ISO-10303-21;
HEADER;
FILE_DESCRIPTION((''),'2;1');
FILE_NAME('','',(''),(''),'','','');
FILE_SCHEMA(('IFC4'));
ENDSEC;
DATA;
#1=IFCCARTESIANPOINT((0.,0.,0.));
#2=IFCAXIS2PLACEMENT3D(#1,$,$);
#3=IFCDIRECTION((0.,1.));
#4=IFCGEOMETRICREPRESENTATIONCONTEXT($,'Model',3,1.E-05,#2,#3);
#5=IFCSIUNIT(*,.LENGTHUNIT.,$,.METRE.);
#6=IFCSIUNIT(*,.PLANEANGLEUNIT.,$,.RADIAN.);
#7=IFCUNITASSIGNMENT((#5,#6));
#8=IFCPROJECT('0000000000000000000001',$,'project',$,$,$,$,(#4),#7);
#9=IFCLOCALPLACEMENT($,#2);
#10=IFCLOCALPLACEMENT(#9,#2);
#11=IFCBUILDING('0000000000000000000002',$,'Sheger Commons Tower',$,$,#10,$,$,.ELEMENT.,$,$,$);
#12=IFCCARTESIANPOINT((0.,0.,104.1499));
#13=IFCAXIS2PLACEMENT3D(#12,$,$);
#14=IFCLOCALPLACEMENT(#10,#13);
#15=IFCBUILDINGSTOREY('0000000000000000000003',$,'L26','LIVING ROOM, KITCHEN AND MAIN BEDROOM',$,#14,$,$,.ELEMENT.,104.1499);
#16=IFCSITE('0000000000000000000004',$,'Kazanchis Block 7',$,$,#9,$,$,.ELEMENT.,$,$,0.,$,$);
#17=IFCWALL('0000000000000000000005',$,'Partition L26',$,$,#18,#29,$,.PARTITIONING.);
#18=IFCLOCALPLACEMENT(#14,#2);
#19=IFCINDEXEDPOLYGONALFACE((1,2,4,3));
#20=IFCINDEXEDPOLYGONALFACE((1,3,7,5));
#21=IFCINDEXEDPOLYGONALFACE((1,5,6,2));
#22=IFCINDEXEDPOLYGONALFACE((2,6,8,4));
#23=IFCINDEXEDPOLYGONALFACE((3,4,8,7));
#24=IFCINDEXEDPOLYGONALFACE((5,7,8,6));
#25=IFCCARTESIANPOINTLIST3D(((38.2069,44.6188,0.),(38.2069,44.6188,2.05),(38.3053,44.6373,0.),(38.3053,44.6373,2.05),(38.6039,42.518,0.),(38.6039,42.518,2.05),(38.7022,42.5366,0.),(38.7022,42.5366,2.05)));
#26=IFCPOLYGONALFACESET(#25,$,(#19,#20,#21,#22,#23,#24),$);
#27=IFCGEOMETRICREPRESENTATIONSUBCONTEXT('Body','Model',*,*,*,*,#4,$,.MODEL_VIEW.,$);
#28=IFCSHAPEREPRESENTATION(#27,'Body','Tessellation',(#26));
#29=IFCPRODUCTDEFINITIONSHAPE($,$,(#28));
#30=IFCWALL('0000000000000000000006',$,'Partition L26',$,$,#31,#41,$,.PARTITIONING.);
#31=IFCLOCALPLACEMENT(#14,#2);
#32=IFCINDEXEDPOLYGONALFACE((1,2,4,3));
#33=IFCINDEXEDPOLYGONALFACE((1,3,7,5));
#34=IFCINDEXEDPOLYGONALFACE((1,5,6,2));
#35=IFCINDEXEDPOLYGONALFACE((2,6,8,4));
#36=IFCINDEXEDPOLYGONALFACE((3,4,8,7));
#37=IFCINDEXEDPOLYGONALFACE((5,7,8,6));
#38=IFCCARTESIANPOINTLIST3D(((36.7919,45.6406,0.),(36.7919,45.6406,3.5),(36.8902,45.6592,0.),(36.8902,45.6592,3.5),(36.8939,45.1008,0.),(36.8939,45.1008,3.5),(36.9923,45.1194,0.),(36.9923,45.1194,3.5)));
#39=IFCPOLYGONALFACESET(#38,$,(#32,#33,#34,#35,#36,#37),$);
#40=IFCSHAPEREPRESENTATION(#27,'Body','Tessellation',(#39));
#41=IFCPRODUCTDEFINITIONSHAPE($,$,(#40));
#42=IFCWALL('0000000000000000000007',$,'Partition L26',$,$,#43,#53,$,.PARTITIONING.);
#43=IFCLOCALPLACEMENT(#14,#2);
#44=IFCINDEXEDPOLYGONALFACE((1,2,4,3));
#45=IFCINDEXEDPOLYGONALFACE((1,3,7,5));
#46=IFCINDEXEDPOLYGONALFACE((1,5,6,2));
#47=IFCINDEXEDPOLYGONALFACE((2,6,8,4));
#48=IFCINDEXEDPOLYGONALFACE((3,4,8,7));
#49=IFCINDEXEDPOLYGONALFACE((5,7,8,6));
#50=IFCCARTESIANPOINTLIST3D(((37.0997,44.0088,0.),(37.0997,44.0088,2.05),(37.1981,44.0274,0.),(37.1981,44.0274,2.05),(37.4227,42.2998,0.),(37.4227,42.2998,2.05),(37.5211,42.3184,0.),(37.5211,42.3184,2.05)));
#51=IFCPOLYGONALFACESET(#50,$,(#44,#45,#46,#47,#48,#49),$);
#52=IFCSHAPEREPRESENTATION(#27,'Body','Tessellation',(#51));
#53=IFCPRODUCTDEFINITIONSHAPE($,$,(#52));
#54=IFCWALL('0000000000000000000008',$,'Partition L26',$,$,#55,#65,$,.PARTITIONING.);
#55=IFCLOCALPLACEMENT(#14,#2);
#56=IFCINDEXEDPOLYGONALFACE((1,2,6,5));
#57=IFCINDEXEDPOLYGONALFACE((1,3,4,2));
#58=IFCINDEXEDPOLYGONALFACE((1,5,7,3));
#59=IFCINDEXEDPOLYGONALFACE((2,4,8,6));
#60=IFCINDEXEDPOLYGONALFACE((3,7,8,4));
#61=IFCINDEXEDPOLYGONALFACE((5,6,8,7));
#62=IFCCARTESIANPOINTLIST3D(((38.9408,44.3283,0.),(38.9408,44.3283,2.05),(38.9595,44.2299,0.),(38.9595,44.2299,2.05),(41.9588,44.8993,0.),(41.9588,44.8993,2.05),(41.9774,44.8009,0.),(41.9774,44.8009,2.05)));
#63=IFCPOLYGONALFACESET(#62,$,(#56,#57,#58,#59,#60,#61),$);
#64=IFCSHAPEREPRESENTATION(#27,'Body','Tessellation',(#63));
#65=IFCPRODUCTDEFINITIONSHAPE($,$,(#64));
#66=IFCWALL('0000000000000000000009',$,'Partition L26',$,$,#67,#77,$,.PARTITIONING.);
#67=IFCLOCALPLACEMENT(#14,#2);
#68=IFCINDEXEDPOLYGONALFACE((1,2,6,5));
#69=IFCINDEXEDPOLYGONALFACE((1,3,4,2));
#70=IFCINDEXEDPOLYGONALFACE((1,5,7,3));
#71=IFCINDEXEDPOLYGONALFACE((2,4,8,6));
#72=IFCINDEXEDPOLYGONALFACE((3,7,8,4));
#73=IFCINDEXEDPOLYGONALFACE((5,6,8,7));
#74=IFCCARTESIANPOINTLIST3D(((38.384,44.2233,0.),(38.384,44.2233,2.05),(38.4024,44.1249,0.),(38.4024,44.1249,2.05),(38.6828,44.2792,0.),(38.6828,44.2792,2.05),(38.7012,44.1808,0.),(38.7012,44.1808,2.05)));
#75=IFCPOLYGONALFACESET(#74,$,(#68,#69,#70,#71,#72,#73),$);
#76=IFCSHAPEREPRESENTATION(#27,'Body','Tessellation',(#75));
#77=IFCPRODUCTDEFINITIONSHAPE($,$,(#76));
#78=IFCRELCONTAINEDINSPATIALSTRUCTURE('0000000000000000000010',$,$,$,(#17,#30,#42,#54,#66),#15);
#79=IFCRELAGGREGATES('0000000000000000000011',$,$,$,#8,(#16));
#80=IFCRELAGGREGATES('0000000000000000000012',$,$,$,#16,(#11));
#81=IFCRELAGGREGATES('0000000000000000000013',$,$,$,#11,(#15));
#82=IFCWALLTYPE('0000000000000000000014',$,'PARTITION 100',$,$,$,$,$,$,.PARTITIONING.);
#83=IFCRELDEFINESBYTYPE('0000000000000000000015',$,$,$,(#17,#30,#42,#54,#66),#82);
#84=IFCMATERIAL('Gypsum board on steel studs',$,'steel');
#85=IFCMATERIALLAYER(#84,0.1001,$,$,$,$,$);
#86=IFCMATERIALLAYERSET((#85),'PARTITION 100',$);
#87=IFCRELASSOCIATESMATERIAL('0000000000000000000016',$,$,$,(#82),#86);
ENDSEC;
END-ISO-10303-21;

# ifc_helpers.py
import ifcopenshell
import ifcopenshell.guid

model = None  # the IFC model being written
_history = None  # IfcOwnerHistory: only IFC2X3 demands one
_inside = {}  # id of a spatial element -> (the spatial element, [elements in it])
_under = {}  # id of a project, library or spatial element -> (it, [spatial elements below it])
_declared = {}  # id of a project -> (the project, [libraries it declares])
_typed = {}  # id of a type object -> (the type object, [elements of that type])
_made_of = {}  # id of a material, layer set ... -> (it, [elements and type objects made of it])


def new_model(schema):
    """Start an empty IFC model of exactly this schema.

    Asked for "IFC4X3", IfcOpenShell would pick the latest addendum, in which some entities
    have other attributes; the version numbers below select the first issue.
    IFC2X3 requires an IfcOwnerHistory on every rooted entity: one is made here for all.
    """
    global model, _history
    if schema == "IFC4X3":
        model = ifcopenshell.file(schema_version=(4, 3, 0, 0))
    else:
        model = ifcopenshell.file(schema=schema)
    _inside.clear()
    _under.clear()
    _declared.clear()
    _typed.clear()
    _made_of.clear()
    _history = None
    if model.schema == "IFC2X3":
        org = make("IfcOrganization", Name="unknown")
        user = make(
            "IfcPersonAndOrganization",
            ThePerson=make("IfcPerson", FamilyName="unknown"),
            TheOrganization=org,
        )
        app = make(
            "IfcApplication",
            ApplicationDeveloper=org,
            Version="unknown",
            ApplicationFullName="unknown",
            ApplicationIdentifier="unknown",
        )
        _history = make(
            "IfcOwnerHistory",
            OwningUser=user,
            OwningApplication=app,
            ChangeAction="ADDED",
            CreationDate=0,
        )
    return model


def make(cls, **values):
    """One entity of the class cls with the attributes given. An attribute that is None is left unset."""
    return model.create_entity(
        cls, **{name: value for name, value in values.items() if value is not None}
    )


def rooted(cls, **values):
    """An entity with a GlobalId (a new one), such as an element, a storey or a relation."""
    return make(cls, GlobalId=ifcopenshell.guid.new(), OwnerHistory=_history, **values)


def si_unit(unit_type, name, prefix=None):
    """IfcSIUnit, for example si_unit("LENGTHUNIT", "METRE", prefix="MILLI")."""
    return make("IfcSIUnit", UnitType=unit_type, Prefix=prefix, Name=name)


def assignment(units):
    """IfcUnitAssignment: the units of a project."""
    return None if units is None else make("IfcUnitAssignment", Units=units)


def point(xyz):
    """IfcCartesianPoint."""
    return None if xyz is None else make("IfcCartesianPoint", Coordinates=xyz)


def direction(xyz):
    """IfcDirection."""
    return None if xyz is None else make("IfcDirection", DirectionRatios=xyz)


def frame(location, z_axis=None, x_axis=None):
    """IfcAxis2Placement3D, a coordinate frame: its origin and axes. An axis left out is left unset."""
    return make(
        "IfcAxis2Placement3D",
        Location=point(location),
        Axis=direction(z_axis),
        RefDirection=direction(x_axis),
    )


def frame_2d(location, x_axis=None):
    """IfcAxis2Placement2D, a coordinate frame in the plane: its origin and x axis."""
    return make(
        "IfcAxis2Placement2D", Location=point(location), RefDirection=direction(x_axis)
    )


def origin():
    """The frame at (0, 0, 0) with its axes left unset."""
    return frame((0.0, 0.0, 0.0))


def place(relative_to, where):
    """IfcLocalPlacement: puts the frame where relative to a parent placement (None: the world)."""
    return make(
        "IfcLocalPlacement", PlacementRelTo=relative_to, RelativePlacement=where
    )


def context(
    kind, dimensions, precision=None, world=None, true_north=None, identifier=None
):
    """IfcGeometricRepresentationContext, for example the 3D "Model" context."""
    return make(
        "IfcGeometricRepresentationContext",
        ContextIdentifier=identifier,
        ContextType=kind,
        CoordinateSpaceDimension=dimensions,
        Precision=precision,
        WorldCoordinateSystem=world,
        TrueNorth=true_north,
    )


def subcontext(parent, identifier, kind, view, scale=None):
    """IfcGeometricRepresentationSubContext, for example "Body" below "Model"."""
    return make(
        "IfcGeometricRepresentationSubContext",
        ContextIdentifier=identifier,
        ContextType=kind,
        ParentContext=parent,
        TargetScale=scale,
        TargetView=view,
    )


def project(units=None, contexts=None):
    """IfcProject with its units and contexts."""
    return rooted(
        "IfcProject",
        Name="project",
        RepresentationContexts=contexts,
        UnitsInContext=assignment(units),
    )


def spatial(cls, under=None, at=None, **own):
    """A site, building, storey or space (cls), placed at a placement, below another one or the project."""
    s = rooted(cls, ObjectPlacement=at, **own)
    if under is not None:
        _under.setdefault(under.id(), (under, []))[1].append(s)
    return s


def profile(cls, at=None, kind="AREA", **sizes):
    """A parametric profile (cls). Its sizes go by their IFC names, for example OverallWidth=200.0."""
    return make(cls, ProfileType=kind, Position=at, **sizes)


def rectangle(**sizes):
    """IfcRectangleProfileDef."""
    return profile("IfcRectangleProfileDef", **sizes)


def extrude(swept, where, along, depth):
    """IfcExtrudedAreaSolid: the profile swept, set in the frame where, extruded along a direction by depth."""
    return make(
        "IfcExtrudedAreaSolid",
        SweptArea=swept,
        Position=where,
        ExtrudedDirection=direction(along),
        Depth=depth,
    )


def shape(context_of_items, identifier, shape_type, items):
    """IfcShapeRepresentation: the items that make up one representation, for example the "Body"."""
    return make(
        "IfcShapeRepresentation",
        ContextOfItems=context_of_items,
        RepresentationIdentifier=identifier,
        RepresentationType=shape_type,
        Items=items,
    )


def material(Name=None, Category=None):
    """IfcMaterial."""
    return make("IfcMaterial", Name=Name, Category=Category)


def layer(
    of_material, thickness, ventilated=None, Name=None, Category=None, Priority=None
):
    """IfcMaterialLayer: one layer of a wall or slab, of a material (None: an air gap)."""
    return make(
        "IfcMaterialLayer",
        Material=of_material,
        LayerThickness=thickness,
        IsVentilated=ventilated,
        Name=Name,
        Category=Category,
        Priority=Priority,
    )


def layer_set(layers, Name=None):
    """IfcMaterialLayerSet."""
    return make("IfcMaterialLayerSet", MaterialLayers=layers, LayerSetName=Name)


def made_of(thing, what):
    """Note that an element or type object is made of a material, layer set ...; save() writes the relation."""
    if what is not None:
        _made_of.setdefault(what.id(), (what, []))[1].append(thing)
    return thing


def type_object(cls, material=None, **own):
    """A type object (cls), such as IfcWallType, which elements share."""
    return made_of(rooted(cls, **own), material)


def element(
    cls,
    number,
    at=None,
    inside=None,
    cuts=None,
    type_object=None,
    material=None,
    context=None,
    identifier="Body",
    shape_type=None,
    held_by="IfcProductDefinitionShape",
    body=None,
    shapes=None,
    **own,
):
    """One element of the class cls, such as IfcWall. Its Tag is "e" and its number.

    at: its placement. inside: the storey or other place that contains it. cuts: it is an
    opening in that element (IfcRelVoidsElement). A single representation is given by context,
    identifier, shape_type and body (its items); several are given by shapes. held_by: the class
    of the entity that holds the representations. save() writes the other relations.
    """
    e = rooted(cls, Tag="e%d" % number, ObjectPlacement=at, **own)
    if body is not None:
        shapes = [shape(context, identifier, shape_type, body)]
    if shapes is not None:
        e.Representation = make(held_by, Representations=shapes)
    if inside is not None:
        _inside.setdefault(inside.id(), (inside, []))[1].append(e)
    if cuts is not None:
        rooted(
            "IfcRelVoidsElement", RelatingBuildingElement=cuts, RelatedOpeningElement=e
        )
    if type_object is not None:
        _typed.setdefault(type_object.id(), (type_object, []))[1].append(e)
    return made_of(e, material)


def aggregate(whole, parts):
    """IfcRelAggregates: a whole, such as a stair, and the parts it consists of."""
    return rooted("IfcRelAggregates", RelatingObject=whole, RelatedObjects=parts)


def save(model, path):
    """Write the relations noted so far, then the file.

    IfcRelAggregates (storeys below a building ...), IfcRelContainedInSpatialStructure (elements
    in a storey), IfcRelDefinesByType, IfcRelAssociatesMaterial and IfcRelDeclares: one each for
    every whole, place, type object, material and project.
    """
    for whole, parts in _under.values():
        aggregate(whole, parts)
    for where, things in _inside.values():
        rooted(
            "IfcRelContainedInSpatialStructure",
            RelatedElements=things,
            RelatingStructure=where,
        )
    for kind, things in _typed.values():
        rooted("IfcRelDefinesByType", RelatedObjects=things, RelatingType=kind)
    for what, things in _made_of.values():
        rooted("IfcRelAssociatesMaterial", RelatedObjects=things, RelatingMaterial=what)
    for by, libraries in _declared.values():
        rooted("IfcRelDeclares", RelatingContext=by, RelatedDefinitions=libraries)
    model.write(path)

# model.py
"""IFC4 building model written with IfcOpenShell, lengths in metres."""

from ifc_helpers import new_model, si_unit, direction, frame, frame_2d, origin, place, context, subcontext, project, spatial, rectangle, extrude, material, layer, layer_set, type_object, element, save


model = new_model("IFC4")

# Units and contexts
model_context = context("Model", 3, precision=1e-05, world=origin(), true_north=direction((0.0, 1.0)))
body_context = subcontext(model_context, "Body", "Model", "MODEL_VIEW")
ifc_project = project(units=[si_unit("LENGTHUNIT", "METRE"), si_unit("PLANEANGLEUNIT", "RADIAN")], contexts=[model_context])

# Site, building, storey
site_placement = place(None, origin())
site = spatial("IfcSite", under=ifc_project, at=site_placement, Name="Kazanchis Block 7", CompositionType="ELEMENT", RefElevation=0.0)
building_placement = place(site_placement, origin())
building = spatial("IfcBuilding", under=site, at=building_placement, Name="Sheger Commons Tower", CompositionType="ELEMENT")
storey_placement = place(building_placement, frame((0.0, 0.0, 104.1499)))
storey = spatial("IfcBuildingStorey", under=building, at=storey_placement, Name="L26", Description="LIVING ROOM, KITCHEN AND MAIN BEDROOM", CompositionType="ELEMENT", Elevation=104.1499)

# Walls
ifc_material_1 = material(Name="Gypsum board on steel studs", Category="steel")
ifc_layer_1 = layer(ifc_material_1, 0.1001)
ifc_layer_set_1 = layer_set([ifc_layer_1], Name="PARTITION 100")
wall_type_1 = type_object("IfcWallType", Name="PARTITION 100", PredefinedType="PARTITIONING", material=ifc_layer_set_1)
wall_1_placement = place(storey_placement, frame((38.2561, 44.6279, 0.0), z_axis=(0.0, 0.0, 1.0), x_axis=(0.185674, -0.982611, 0.0)))
element("IfcWall", 1, at=wall_1_placement, inside=storey, type_object=wall_type_1, Name="Partition L26", PredefinedType="PARTITIONING", context=body_context, shape_type="SweptSolid", body=[
    extrude(rectangle(XDim=2.1379, YDim=0.1001, at=frame_2d((1.0688, 0.0))), origin(), (0.0, 0.0, 1.0), 2.05),
])
wall_2_placement = place(storey_placement, frame((36.8411, 45.6499, 0.0), z_axis=(0.0, 0.0, 1.0), x_axis=(0.185764, -0.982594, 0.0)))
element("IfcWall", 2, at=wall_2_placement, inside=storey, type_object=wall_type_1, Name="Partition L26", PredefinedType="PARTITIONING", context=body_context, shape_type="SweptSolid", body=[
    extrude(rectangle(XDim=0.5493, YDim=0.1001, at=frame_2d((0.2747, 0.0))), origin(), (0.0, 0.0, 1.0), 3.5),
])
wall_3_placement = place(storey_placement, frame((37.1489, 44.0181, 0.0), z_axis=(0.0, 0.0, 1.0), x_axis=(0.185712, -0.982604, 0.0)))
element("IfcWall", 3, at=wall_3_placement, inside=storey, type_object=wall_type_1, Name="Partition L26", PredefinedType="PARTITIONING", context=body_context, shape_type="SweptSolid", body=[
    extrude(rectangle(XDim=1.7393, YDim=0.1001, at=frame_2d((0.8696, 0.0))), origin(), (0.0, 0.0, 1.0), 2.05),
])
wall_4_placement = place(storey_placement, frame((41.968, 44.8501, 0.0), z_axis=(0.0, 0.0, 1.0), x_axis=(-0.982567, -0.18591, 0.0)))
element("IfcWall", 4, at=wall_4_placement, inside=storey, type_object=wall_type_1, Name="Partition L26", PredefinedType="PARTITIONING", context=body_context, shape_type="SweptSolid", body=[
    extrude(rectangle(XDim=3.0715, YDim=0.1001, at=frame_2d((1.5356, 0.0))), origin(), (0.0, 0.0, 1.0), 2.05),
])
wall_5_placement = place(storey_placement, frame((38.6919, 44.23, 0.0), z_axis=(0.0, 0.0, 1.0), x_axis=(-0.982945, -0.183901, 0.0)))
element("IfcWall", 5, at=wall_5_placement, inside=storey, type_object=wall_type_1, Name="Partition L26", PredefinedType="PARTITIONING", context=body_context, shape_type="SweptSolid", body=[
    extrude(rectangle(XDim=0.304, YDim=0.1001, at=frame_2d((0.1519, 0.0))), origin(), (0.0, 0.0, 1.0), 2.05),
])

save(model, "model.ifc")
